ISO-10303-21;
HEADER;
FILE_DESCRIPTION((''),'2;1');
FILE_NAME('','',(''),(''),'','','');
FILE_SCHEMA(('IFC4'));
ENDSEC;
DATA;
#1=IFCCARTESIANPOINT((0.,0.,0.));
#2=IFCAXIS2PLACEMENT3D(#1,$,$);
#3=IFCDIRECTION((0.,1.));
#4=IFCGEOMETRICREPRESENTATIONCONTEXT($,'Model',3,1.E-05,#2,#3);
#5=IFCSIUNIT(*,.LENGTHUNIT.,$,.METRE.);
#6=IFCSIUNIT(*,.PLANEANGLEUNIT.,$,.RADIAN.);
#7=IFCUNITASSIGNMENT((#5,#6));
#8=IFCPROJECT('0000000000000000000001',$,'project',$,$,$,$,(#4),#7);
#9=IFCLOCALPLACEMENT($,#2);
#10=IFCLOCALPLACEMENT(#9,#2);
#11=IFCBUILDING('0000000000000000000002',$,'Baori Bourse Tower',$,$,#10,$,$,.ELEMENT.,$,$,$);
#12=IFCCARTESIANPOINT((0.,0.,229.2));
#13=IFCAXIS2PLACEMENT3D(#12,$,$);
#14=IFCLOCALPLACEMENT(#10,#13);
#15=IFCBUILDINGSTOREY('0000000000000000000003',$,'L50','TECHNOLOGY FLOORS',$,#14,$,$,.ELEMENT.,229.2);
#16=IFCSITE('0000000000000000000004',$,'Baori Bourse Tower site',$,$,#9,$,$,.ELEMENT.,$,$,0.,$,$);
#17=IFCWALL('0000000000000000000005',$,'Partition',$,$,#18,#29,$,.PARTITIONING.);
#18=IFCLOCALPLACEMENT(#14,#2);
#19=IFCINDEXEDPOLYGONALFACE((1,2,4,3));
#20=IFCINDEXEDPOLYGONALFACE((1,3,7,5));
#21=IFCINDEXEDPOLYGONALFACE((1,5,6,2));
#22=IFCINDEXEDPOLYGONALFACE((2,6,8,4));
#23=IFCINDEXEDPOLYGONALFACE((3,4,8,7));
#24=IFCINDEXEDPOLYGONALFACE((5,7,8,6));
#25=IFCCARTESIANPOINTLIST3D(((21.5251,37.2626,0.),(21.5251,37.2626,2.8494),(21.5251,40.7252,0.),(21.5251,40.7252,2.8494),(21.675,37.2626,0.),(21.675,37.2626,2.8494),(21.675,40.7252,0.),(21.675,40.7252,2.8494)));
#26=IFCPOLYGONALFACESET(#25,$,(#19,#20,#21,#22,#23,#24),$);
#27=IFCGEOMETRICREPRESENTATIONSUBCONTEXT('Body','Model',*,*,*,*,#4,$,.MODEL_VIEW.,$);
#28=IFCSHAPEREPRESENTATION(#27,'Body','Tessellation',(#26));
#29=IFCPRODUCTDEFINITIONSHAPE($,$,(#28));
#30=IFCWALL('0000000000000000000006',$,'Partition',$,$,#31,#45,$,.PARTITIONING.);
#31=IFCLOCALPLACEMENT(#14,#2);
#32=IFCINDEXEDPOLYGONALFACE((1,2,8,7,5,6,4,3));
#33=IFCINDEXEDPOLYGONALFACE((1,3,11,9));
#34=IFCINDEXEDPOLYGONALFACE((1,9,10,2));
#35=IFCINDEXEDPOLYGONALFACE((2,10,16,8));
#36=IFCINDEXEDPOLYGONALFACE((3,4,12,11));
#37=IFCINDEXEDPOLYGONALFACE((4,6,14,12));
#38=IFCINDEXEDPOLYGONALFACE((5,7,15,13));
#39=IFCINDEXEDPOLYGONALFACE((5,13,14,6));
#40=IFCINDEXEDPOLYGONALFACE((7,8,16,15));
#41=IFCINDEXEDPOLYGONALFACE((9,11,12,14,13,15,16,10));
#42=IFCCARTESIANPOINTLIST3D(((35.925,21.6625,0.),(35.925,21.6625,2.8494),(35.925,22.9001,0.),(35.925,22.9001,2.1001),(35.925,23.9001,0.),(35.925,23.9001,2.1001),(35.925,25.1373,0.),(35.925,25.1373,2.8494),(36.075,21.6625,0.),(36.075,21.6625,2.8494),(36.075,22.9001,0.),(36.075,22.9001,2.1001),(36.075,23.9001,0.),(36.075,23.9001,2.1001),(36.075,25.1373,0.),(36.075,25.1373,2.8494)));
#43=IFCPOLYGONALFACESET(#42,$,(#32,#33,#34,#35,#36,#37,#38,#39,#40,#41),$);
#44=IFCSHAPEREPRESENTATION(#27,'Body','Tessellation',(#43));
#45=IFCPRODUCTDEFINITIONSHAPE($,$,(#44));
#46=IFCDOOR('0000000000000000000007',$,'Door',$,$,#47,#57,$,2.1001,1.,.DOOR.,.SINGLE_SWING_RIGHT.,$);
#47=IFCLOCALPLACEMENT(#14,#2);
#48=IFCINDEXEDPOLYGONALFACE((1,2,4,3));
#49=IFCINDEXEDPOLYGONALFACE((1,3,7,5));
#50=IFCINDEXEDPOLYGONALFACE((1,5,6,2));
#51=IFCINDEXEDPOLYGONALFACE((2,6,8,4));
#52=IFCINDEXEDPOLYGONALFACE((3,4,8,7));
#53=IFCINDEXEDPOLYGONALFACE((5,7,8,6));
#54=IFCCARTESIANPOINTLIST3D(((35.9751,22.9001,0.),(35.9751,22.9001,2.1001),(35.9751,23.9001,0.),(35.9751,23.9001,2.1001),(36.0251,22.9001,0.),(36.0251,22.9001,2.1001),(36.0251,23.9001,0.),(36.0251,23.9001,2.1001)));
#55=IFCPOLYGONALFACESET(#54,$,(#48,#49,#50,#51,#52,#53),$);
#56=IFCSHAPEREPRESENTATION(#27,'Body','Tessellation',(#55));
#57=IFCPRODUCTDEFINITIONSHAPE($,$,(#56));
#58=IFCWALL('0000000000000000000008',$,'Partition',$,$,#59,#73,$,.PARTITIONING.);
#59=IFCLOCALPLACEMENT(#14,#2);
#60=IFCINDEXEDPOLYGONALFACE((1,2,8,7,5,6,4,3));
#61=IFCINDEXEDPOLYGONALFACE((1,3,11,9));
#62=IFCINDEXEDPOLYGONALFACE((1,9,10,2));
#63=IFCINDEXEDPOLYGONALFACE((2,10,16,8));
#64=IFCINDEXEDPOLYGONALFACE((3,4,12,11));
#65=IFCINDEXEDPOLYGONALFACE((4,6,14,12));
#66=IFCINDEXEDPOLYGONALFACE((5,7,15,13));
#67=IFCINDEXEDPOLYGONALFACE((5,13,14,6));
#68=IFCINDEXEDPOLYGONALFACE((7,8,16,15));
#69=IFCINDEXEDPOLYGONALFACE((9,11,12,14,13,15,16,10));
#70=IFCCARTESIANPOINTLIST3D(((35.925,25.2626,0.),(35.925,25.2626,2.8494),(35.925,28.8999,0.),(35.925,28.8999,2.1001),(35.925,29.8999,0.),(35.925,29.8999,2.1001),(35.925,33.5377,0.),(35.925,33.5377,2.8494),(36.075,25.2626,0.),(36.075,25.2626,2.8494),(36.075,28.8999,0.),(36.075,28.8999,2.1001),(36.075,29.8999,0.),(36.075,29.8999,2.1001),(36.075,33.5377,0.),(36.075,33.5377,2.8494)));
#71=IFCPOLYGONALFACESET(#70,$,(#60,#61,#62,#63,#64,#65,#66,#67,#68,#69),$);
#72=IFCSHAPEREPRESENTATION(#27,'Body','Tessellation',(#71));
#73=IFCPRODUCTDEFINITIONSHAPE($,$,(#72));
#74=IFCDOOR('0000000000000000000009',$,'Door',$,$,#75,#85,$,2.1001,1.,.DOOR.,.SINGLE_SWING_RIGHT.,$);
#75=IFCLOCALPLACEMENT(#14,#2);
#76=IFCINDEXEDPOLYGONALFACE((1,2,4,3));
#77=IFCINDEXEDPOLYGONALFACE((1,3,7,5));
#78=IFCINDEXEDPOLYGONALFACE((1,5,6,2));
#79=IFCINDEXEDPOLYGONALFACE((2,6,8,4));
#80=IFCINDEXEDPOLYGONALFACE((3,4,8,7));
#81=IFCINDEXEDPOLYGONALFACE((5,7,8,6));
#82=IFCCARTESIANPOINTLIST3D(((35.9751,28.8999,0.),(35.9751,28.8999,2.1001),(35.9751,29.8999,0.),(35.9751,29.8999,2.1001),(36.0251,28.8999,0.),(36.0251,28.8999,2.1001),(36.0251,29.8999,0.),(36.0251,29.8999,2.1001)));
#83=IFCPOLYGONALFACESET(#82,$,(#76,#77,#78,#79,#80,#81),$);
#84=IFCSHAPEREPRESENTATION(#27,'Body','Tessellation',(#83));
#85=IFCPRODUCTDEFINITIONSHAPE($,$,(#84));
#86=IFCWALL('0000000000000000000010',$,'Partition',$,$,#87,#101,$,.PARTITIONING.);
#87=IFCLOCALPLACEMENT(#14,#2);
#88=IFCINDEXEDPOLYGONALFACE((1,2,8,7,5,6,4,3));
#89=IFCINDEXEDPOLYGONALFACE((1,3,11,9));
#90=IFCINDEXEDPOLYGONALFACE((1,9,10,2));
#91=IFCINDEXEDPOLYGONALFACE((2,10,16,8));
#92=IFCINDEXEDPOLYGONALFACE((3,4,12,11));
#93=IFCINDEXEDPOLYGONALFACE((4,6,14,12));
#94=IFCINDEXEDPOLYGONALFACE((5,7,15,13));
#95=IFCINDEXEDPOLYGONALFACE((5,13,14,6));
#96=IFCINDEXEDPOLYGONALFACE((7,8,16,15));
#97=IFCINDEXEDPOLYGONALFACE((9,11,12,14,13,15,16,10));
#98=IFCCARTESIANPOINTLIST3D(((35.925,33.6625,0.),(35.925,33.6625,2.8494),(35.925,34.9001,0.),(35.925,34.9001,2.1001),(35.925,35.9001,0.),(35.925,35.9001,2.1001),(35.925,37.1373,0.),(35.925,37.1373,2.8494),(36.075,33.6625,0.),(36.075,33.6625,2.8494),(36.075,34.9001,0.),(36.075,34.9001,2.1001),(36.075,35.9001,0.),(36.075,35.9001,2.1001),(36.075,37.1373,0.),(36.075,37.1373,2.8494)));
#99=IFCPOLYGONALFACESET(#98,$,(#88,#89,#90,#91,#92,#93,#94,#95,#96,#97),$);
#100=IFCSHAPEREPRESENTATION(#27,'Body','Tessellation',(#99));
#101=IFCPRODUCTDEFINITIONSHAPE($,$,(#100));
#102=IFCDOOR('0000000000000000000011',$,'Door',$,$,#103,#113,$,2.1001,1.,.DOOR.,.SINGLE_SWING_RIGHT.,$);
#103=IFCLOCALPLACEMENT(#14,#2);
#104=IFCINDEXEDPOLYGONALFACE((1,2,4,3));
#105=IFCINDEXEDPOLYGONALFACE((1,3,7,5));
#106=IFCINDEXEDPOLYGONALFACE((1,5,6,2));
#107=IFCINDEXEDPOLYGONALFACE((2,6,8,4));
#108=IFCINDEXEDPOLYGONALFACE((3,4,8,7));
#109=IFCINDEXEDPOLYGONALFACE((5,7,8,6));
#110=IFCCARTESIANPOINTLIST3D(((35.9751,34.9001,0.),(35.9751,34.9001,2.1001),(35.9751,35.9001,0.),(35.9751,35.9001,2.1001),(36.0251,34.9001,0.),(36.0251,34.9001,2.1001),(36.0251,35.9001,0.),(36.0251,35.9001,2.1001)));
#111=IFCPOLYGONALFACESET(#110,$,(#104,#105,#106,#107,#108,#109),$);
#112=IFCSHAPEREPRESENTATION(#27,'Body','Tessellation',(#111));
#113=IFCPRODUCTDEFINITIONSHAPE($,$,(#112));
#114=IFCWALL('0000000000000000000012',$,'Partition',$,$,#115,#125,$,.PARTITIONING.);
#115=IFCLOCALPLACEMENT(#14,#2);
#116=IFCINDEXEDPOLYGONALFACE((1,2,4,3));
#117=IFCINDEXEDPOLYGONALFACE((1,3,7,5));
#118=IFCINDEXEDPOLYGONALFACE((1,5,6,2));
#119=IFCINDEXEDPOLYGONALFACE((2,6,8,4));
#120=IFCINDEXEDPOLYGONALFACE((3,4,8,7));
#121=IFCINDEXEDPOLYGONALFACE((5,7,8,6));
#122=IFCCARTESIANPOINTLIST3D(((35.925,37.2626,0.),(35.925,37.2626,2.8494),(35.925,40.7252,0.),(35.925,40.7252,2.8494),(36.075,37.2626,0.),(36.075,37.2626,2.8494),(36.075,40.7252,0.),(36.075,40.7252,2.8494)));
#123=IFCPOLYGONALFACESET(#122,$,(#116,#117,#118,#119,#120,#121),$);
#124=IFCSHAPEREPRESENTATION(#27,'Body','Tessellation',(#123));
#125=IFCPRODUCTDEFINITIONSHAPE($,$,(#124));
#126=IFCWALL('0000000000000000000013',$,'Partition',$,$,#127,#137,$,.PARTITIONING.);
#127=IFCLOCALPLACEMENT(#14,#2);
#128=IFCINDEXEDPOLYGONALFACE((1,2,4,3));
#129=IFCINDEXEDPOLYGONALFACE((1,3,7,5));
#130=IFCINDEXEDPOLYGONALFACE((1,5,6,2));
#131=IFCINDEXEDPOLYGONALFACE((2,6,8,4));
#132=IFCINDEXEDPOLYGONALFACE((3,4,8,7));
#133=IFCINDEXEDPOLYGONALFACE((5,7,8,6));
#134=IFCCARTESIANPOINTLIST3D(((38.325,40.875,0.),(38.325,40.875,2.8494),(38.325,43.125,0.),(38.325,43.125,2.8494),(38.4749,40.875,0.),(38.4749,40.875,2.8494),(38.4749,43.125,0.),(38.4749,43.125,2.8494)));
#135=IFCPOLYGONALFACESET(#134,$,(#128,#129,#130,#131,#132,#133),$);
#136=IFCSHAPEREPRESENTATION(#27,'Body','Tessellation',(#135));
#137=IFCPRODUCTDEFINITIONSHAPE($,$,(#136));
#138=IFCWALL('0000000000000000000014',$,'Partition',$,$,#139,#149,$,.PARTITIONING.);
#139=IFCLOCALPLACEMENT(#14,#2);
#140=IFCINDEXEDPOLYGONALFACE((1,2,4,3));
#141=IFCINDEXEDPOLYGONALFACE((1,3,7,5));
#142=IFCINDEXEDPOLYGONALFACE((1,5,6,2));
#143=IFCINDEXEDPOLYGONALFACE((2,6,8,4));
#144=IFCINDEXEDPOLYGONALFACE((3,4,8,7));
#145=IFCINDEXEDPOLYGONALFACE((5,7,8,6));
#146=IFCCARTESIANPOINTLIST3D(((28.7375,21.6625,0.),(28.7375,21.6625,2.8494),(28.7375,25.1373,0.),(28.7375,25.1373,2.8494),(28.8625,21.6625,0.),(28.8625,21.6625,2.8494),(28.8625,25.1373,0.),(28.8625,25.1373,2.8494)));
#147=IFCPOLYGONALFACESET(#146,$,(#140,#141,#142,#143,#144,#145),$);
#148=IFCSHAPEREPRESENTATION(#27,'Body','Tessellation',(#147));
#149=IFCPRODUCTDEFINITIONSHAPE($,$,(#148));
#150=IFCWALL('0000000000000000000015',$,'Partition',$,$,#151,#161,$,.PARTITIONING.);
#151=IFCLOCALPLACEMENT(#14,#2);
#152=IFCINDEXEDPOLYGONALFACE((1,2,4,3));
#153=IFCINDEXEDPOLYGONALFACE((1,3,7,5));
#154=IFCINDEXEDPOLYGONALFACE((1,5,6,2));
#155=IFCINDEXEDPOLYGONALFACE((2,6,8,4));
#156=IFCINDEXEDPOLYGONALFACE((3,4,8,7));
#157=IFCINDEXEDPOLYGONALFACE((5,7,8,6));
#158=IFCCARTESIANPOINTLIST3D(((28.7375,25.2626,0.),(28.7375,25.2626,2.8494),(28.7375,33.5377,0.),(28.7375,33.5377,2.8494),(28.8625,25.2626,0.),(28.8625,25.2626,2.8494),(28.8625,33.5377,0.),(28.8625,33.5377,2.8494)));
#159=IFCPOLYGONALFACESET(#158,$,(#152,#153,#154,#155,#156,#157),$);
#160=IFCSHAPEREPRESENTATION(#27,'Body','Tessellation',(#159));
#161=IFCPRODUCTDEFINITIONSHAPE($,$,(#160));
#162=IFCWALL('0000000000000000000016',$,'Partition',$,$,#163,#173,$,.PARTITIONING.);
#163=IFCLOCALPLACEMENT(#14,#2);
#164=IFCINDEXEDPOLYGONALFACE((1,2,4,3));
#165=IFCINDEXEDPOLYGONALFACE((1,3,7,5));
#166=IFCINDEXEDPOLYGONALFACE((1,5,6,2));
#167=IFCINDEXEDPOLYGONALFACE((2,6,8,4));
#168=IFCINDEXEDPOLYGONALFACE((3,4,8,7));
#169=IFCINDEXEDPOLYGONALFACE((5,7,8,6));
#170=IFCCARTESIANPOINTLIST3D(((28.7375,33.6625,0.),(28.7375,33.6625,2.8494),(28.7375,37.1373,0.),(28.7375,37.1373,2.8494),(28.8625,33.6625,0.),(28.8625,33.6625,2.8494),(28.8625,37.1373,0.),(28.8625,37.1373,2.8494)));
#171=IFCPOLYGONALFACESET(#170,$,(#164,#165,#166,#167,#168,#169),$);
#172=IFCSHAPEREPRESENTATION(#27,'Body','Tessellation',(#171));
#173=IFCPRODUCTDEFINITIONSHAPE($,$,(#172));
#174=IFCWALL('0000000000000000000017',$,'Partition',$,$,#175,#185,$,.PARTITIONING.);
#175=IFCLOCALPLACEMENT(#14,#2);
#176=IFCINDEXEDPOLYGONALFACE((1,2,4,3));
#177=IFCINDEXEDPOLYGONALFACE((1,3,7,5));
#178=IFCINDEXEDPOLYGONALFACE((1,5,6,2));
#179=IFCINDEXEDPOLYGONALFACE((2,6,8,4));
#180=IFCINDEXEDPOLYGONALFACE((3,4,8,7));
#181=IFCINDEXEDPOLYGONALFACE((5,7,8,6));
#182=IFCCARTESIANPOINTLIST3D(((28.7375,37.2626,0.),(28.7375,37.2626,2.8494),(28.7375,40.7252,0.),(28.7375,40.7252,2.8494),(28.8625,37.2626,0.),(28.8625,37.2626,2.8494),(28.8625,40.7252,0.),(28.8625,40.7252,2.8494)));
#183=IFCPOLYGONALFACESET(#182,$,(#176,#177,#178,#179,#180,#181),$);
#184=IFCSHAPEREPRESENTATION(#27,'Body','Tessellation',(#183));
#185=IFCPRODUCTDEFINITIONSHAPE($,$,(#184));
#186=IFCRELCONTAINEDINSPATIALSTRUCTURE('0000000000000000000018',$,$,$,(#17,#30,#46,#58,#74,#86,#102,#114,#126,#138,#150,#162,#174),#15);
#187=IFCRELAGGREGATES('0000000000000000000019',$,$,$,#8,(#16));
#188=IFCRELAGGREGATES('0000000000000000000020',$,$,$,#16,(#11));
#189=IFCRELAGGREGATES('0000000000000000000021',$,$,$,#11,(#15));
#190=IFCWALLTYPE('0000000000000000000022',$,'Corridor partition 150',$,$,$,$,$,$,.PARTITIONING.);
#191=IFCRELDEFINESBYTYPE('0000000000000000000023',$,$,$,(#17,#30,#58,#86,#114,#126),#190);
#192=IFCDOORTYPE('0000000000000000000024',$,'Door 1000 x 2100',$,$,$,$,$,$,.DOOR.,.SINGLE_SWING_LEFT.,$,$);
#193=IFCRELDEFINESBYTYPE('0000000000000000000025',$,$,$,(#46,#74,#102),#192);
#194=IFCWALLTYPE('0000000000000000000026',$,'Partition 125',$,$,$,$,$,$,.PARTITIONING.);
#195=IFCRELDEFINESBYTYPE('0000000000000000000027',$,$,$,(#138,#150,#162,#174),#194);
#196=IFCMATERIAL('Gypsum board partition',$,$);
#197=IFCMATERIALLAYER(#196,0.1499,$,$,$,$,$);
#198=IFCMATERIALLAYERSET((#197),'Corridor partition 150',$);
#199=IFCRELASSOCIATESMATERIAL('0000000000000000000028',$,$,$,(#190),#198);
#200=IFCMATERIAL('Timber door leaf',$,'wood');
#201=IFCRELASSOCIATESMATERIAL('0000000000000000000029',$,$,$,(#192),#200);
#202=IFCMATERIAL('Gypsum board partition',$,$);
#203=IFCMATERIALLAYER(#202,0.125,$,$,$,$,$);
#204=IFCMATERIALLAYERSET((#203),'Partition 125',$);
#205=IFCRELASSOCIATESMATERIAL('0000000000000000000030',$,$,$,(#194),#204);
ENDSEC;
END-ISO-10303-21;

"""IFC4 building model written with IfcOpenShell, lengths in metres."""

from ifc_helpers import new_model, si_unit, direction, frame, frame_2d, origin, place, context, subcontext, project, spatial, rectangle, extrude, material, layer, layer_set, type_object, element, fill, save


model = new_model("IFC4")

# Units and contexts
model_context = context("Model", 3, precision=1e-05, world=origin(), true_north=direction((0.0, 1.0)))
body_context = subcontext(model_context, "Body", "Model", "MODEL_VIEW")
ifc_project = project(units=[si_unit("LENGTHUNIT", "METRE"), si_unit("PLANEANGLEUNIT", "RADIAN")], contexts=[model_context])

# Site, building, storey
site_placement = place(None, origin())
site = spatial("IfcSite", under=ifc_project, at=site_placement, Name="Baori Bourse Tower site", CompositionType="ELEMENT", RefElevation=0.0)
building_placement = place(site_placement, origin())
building = spatial("IfcBuilding", under=site, at=building_placement, Name="Baori Bourse Tower", CompositionType="ELEMENT")
storey_placement = place(building_placement, frame((0.0, 0.0, 229.2)))
storey = spatial("IfcBuildingStorey", under=building, at=storey_placement, Name="L50", Description="TECHNOLOGY FLOORS", CompositionType="ELEMENT", Elevation=229.2)

# Shared definitions
ifc_material_1 = material(Name="Gypsum board partition")
ifc_layer_1 = layer(ifc_material_1, 0.1499)
ifc_layer_set_1 = layer_set([ifc_layer_1], Name="Corridor partition 150")
wall_type_1 = type_object("IfcWallType", Name="Corridor partition 150", PredefinedType="PARTITIONING", material=ifc_layer_set_1)
ifc_material_2 = material(Name="Timber door leaf", Category="wood")
door_type = type_object("IfcDoorType", Name="Door 1000 x 2100", OperationType="SINGLE_SWING_LEFT", PredefinedType="DOOR", material=ifc_material_2)

# Wall
wall_1_placement = place(storey_placement, frame((21.6001, 37.2625, 0.0), z_axis=(0.0, 0.0, 1.0), x_axis=(0.0, 1.0, 0.0)))
element("IfcWall", 1, at=wall_1_placement, inside=storey, type_object=wall_type_1, Name="Partition", PredefinedType="PARTITIONING", context=body_context, shape_type="SweptSolid", body=[
    extrude(rectangle(XDim=3.4626, YDim=0.1499, at=frame_2d((1.7314, 0.0))), origin(), (0.0, 0.0, 1.0), 2.8494),
])

# Walls, openings, doors
wall_2_placement = place(storey_placement, frame((36.0, 21.6626, 0.0), z_axis=(0.0, 0.0, 1.0), x_axis=(0.0, 1.0, 0.0)))
wall_2 = element("IfcWall", 2, at=wall_2_placement, inside=storey, type_object=wall_type_1, Name="Partition", PredefinedType="PARTITIONING", context=body_context, shape_type="SweptSolid", body=[
    extrude(rectangle(XDim=3.4749, YDim=0.1499, at=frame_2d((1.7373, 0.0))), origin(), (0.0, 0.0, 1.0), 2.8494),
])
opening_1_placement = place(wall_2_placement, frame((1.2375, 0.0, 0.0)))
opening_1 = element("IfcOpeningElement", 3, at=opening_1_placement, cuts=wall_2, PredefinedType="OPENING", context=body_context, shape_type="SweptSolid", body=[
    extrude(rectangle(XDim=1.0, YDim=2.1001, at=frame_2d((0.5, 1.05))), frame((0.0, 0.085, 0.0), z_axis=(0.0, -1.0, 0.0), x_axis=(1.0, 0.0, 0.0)), (0.0, 0.0, 1.0), 0.1699),
])
door_1_placement = place(opening_1_placement, origin())
door_1 = element("IfcDoor", 4, at=door_1_placement, inside=storey, type_object=door_type, Name="Door", OperationType="SINGLE_SWING_RIGHT", OverallHeight=2.1001, OverallWidth=1.0, PredefinedType="DOOR", context=body_context, shape_type="SweptSolid", body=[
    extrude(rectangle(XDim=1.0, YDim=2.1001, at=frame_2d((0.5, 1.05))), frame((0.0, 0.0249, 0.0), z_axis=(0.0, -1.0, 0.0), x_axis=(1.0, 0.0, 0.0)), (0.0, 0.0, 1.0), 0.05),
])
fill(opening_1, door_1)
wall_3_placement = place(storey_placement, frame((36.0, 25.2625, 0.0), z_axis=(0.0, 0.0, 1.0), x_axis=(0.0, 1.0, 0.0)))
wall_3 = element("IfcWall", 5, at=wall_3_placement, inside=storey, type_object=wall_type_1, Name="Partition", PredefinedType="PARTITIONING", context=body_context, shape_type="SweptSolid", body=[
    extrude(rectangle(XDim=8.2751, YDim=0.1499, at=frame_2d((4.1377, 0.0))), origin(), (0.0, 0.0, 1.0), 2.8494),
])
opening_2_placement = place(wall_3_placement, frame((3.6375, 0.0, 0.0)))
opening_2 = element("IfcOpeningElement", 6, at=opening_2_placement, cuts=wall_3, PredefinedType="OPENING", context=body_context, shape_type="SweptSolid", body=[
    extrude(rectangle(XDim=1.0, YDim=2.1001, at=frame_2d((0.5, 1.05))), frame((0.0, 0.085, 0.0), z_axis=(0.0, -1.0, 0.0), x_axis=(1.0, 0.0, 0.0)), (0.0, 0.0, 1.0), 0.1699),
])
door_2_placement = place(opening_2_placement, origin())
door_2 = element("IfcDoor", 7, at=door_2_placement, inside=storey, type_object=door_type, Name="Door", OperationType="SINGLE_SWING_RIGHT", OverallHeight=2.1001, OverallWidth=1.0, PredefinedType="DOOR", context=body_context, shape_type="SweptSolid", body=[
    extrude(rectangle(XDim=1.0, YDim=2.1001, at=frame_2d((0.5, 1.05))), frame((0.0, 0.0249, 0.0), z_axis=(0.0, -1.0, 0.0), x_axis=(1.0, 0.0, 0.0)), (0.0, 0.0, 1.0), 0.05),
])
fill(opening_2, door_2)
wall_4_placement = place(storey_placement, frame((36.0, 33.6626, 0.0), z_axis=(0.0, 0.0, 1.0), x_axis=(0.0, 1.0, 0.0)))
wall_4 = element("IfcWall", 8, at=wall_4_placement, inside=storey, type_object=wall_type_1, Name="Partition", PredefinedType="PARTITIONING", context=body_context, shape_type="SweptSolid", body=[
    extrude(rectangle(XDim=3.4749, YDim=0.1499, at=frame_2d((1.7373, 0.0))), origin(), (0.0, 0.0, 1.0), 2.8494),
])
opening_3_placement = place(wall_4_placement, frame((1.2375, 0.0, 0.0)))
opening_3 = element("IfcOpeningElement", 9, at=opening_3_placement, cuts=wall_4, PredefinedType="OPENING", context=body_context, shape_type="SweptSolid", body=[
    extrude(rectangle(XDim=1.0, YDim=2.1001, at=frame_2d((0.5, 1.05))), frame((0.0, 0.085, 0.0), z_axis=(0.0, -1.0, 0.0), x_axis=(1.0, 0.0, 0.0)), (0.0, 0.0, 1.0), 0.1699),
])
door_3_placement = place(opening_3_placement, origin())
door_3 = element("IfcDoor", 10, at=door_3_placement, inside=storey, type_object=door_type, Name="Door", OperationType="SINGLE_SWING_RIGHT", OverallHeight=2.1001, OverallWidth=1.0, PredefinedType="DOOR", context=body_context, shape_type="SweptSolid", body=[
    extrude(rectangle(XDim=1.0, YDim=2.1001, at=frame_2d((0.5, 1.05))), frame((0.0, 0.0249, 0.0), z_axis=(0.0, -1.0, 0.0), x_axis=(1.0, 0.0, 0.0)), (0.0, 0.0, 1.0), 0.05),
])
fill(opening_3, door_3)

# Walls
wall_5_placement = place(storey_placement, frame((36.0, 37.2625, 0.0), z_axis=(0.0, 0.0, 1.0), x_axis=(0.0, 1.0, 0.0)))
element("IfcWall", 11, at=wall_5_placement, inside=storey, type_object=wall_type_1, Name="Partition", PredefinedType="PARTITIONING", context=body_context, shape_type="SweptSolid", body=[
    extrude(rectangle(XDim=3.4626, YDim=0.1499, at=frame_2d((1.7314, 0.0))), origin(), (0.0, 0.0, 1.0), 2.8494),
])
wall_6_placement = place(storey_placement, frame((38.3999, 40.875, 0.0), z_axis=(0.0, 0.0, 1.0), x_axis=(0.0, 1.0, 0.0)))
element("IfcWall", 12, at=wall_6_placement, inside=storey, type_object=wall_type_1, Name="Partition", PredefinedType="PARTITIONING", context=body_context, shape_type="SweptSolid", body=[
    extrude(rectangle(XDim=2.25, YDim=0.1499, at=frame_2d((1.125, 0.0))), origin(), (0.0, 0.0, 1.0), 2.8494),
])
ifc_material_3 = material(Name="Gypsum board partition")
ifc_layer_2 = layer(ifc_material_3, 0.125)
ifc_layer_set_2 = layer_set([ifc_layer_2], Name="Partition 125")
wall_type_2 = type_object("IfcWallType", Name="Partition 125", PredefinedType="PARTITIONING", material=ifc_layer_set_2)
wall_7_placement = place(storey_placement, frame((28.8, 21.6626, 0.0), z_axis=(0.0, 0.0, 1.0), x_axis=(0.0, 1.0, 0.0)))
element("IfcWall", 13, at=wall_7_placement, inside=storey, type_object=wall_type_2, Name="Partition", PredefinedType="PARTITIONING", context=body_context, shape_type="SweptSolid", body=[
    extrude(rectangle(XDim=3.4749, YDim=0.125, at=frame_2d((1.7373, 0.0))), origin(), (0.0, 0.0, 1.0), 2.8494),
])
wall_8_placement = place(storey_placement, frame((28.8, 25.2625, 0.0), z_axis=(0.0, 0.0, 1.0), x_axis=(0.0, 1.0, 0.0)))
element("IfcWall", 14, at=wall_8_placement, inside=storey, type_object=wall_type_2, Name="Partition", PredefinedType="PARTITIONING", context=body_context, shape_type="SweptSolid", body=[
    extrude(rectangle(XDim=8.2751, YDim=0.125, at=frame_2d((4.1377, 0.0))), origin(), (0.0, 0.0, 1.0), 2.8494),
])
wall_9_placement = place(storey_placement, frame((28.8, 33.6626, 0.0), z_axis=(0.0, 0.0, 1.0), x_axis=(0.0, 1.0, 0.0)))
element("IfcWall", 15, at=wall_9_placement, inside=storey, type_object=wall_type_2, Name="Partition", PredefinedType="PARTITIONING", context=body_context, shape_type="SweptSolid", body=[
    extrude(rectangle(XDim=3.4749, YDim=0.125, at=frame_2d((1.7373, 0.0))), origin(), (0.0, 0.0, 1.0), 2.8494),
])
wall_10_placement = place(storey_placement, frame((28.8, 37.2625, 0.0), z_axis=(0.0, 0.0, 1.0), x_axis=(0.0, 1.0, 0.0)))
element("IfcWall", 16, at=wall_10_placement, inside=storey, type_object=wall_type_2, Name="Partition", PredefinedType="PARTITIONING", context=body_context, shape_type="SweptSolid", body=[
    extrude(rectangle(XDim=3.4626, YDim=0.125, at=frame_2d((1.7314, 0.0))), origin(), (0.0, 0.0, 1.0), 2.8494),
])

save(model, "model.ifc")
